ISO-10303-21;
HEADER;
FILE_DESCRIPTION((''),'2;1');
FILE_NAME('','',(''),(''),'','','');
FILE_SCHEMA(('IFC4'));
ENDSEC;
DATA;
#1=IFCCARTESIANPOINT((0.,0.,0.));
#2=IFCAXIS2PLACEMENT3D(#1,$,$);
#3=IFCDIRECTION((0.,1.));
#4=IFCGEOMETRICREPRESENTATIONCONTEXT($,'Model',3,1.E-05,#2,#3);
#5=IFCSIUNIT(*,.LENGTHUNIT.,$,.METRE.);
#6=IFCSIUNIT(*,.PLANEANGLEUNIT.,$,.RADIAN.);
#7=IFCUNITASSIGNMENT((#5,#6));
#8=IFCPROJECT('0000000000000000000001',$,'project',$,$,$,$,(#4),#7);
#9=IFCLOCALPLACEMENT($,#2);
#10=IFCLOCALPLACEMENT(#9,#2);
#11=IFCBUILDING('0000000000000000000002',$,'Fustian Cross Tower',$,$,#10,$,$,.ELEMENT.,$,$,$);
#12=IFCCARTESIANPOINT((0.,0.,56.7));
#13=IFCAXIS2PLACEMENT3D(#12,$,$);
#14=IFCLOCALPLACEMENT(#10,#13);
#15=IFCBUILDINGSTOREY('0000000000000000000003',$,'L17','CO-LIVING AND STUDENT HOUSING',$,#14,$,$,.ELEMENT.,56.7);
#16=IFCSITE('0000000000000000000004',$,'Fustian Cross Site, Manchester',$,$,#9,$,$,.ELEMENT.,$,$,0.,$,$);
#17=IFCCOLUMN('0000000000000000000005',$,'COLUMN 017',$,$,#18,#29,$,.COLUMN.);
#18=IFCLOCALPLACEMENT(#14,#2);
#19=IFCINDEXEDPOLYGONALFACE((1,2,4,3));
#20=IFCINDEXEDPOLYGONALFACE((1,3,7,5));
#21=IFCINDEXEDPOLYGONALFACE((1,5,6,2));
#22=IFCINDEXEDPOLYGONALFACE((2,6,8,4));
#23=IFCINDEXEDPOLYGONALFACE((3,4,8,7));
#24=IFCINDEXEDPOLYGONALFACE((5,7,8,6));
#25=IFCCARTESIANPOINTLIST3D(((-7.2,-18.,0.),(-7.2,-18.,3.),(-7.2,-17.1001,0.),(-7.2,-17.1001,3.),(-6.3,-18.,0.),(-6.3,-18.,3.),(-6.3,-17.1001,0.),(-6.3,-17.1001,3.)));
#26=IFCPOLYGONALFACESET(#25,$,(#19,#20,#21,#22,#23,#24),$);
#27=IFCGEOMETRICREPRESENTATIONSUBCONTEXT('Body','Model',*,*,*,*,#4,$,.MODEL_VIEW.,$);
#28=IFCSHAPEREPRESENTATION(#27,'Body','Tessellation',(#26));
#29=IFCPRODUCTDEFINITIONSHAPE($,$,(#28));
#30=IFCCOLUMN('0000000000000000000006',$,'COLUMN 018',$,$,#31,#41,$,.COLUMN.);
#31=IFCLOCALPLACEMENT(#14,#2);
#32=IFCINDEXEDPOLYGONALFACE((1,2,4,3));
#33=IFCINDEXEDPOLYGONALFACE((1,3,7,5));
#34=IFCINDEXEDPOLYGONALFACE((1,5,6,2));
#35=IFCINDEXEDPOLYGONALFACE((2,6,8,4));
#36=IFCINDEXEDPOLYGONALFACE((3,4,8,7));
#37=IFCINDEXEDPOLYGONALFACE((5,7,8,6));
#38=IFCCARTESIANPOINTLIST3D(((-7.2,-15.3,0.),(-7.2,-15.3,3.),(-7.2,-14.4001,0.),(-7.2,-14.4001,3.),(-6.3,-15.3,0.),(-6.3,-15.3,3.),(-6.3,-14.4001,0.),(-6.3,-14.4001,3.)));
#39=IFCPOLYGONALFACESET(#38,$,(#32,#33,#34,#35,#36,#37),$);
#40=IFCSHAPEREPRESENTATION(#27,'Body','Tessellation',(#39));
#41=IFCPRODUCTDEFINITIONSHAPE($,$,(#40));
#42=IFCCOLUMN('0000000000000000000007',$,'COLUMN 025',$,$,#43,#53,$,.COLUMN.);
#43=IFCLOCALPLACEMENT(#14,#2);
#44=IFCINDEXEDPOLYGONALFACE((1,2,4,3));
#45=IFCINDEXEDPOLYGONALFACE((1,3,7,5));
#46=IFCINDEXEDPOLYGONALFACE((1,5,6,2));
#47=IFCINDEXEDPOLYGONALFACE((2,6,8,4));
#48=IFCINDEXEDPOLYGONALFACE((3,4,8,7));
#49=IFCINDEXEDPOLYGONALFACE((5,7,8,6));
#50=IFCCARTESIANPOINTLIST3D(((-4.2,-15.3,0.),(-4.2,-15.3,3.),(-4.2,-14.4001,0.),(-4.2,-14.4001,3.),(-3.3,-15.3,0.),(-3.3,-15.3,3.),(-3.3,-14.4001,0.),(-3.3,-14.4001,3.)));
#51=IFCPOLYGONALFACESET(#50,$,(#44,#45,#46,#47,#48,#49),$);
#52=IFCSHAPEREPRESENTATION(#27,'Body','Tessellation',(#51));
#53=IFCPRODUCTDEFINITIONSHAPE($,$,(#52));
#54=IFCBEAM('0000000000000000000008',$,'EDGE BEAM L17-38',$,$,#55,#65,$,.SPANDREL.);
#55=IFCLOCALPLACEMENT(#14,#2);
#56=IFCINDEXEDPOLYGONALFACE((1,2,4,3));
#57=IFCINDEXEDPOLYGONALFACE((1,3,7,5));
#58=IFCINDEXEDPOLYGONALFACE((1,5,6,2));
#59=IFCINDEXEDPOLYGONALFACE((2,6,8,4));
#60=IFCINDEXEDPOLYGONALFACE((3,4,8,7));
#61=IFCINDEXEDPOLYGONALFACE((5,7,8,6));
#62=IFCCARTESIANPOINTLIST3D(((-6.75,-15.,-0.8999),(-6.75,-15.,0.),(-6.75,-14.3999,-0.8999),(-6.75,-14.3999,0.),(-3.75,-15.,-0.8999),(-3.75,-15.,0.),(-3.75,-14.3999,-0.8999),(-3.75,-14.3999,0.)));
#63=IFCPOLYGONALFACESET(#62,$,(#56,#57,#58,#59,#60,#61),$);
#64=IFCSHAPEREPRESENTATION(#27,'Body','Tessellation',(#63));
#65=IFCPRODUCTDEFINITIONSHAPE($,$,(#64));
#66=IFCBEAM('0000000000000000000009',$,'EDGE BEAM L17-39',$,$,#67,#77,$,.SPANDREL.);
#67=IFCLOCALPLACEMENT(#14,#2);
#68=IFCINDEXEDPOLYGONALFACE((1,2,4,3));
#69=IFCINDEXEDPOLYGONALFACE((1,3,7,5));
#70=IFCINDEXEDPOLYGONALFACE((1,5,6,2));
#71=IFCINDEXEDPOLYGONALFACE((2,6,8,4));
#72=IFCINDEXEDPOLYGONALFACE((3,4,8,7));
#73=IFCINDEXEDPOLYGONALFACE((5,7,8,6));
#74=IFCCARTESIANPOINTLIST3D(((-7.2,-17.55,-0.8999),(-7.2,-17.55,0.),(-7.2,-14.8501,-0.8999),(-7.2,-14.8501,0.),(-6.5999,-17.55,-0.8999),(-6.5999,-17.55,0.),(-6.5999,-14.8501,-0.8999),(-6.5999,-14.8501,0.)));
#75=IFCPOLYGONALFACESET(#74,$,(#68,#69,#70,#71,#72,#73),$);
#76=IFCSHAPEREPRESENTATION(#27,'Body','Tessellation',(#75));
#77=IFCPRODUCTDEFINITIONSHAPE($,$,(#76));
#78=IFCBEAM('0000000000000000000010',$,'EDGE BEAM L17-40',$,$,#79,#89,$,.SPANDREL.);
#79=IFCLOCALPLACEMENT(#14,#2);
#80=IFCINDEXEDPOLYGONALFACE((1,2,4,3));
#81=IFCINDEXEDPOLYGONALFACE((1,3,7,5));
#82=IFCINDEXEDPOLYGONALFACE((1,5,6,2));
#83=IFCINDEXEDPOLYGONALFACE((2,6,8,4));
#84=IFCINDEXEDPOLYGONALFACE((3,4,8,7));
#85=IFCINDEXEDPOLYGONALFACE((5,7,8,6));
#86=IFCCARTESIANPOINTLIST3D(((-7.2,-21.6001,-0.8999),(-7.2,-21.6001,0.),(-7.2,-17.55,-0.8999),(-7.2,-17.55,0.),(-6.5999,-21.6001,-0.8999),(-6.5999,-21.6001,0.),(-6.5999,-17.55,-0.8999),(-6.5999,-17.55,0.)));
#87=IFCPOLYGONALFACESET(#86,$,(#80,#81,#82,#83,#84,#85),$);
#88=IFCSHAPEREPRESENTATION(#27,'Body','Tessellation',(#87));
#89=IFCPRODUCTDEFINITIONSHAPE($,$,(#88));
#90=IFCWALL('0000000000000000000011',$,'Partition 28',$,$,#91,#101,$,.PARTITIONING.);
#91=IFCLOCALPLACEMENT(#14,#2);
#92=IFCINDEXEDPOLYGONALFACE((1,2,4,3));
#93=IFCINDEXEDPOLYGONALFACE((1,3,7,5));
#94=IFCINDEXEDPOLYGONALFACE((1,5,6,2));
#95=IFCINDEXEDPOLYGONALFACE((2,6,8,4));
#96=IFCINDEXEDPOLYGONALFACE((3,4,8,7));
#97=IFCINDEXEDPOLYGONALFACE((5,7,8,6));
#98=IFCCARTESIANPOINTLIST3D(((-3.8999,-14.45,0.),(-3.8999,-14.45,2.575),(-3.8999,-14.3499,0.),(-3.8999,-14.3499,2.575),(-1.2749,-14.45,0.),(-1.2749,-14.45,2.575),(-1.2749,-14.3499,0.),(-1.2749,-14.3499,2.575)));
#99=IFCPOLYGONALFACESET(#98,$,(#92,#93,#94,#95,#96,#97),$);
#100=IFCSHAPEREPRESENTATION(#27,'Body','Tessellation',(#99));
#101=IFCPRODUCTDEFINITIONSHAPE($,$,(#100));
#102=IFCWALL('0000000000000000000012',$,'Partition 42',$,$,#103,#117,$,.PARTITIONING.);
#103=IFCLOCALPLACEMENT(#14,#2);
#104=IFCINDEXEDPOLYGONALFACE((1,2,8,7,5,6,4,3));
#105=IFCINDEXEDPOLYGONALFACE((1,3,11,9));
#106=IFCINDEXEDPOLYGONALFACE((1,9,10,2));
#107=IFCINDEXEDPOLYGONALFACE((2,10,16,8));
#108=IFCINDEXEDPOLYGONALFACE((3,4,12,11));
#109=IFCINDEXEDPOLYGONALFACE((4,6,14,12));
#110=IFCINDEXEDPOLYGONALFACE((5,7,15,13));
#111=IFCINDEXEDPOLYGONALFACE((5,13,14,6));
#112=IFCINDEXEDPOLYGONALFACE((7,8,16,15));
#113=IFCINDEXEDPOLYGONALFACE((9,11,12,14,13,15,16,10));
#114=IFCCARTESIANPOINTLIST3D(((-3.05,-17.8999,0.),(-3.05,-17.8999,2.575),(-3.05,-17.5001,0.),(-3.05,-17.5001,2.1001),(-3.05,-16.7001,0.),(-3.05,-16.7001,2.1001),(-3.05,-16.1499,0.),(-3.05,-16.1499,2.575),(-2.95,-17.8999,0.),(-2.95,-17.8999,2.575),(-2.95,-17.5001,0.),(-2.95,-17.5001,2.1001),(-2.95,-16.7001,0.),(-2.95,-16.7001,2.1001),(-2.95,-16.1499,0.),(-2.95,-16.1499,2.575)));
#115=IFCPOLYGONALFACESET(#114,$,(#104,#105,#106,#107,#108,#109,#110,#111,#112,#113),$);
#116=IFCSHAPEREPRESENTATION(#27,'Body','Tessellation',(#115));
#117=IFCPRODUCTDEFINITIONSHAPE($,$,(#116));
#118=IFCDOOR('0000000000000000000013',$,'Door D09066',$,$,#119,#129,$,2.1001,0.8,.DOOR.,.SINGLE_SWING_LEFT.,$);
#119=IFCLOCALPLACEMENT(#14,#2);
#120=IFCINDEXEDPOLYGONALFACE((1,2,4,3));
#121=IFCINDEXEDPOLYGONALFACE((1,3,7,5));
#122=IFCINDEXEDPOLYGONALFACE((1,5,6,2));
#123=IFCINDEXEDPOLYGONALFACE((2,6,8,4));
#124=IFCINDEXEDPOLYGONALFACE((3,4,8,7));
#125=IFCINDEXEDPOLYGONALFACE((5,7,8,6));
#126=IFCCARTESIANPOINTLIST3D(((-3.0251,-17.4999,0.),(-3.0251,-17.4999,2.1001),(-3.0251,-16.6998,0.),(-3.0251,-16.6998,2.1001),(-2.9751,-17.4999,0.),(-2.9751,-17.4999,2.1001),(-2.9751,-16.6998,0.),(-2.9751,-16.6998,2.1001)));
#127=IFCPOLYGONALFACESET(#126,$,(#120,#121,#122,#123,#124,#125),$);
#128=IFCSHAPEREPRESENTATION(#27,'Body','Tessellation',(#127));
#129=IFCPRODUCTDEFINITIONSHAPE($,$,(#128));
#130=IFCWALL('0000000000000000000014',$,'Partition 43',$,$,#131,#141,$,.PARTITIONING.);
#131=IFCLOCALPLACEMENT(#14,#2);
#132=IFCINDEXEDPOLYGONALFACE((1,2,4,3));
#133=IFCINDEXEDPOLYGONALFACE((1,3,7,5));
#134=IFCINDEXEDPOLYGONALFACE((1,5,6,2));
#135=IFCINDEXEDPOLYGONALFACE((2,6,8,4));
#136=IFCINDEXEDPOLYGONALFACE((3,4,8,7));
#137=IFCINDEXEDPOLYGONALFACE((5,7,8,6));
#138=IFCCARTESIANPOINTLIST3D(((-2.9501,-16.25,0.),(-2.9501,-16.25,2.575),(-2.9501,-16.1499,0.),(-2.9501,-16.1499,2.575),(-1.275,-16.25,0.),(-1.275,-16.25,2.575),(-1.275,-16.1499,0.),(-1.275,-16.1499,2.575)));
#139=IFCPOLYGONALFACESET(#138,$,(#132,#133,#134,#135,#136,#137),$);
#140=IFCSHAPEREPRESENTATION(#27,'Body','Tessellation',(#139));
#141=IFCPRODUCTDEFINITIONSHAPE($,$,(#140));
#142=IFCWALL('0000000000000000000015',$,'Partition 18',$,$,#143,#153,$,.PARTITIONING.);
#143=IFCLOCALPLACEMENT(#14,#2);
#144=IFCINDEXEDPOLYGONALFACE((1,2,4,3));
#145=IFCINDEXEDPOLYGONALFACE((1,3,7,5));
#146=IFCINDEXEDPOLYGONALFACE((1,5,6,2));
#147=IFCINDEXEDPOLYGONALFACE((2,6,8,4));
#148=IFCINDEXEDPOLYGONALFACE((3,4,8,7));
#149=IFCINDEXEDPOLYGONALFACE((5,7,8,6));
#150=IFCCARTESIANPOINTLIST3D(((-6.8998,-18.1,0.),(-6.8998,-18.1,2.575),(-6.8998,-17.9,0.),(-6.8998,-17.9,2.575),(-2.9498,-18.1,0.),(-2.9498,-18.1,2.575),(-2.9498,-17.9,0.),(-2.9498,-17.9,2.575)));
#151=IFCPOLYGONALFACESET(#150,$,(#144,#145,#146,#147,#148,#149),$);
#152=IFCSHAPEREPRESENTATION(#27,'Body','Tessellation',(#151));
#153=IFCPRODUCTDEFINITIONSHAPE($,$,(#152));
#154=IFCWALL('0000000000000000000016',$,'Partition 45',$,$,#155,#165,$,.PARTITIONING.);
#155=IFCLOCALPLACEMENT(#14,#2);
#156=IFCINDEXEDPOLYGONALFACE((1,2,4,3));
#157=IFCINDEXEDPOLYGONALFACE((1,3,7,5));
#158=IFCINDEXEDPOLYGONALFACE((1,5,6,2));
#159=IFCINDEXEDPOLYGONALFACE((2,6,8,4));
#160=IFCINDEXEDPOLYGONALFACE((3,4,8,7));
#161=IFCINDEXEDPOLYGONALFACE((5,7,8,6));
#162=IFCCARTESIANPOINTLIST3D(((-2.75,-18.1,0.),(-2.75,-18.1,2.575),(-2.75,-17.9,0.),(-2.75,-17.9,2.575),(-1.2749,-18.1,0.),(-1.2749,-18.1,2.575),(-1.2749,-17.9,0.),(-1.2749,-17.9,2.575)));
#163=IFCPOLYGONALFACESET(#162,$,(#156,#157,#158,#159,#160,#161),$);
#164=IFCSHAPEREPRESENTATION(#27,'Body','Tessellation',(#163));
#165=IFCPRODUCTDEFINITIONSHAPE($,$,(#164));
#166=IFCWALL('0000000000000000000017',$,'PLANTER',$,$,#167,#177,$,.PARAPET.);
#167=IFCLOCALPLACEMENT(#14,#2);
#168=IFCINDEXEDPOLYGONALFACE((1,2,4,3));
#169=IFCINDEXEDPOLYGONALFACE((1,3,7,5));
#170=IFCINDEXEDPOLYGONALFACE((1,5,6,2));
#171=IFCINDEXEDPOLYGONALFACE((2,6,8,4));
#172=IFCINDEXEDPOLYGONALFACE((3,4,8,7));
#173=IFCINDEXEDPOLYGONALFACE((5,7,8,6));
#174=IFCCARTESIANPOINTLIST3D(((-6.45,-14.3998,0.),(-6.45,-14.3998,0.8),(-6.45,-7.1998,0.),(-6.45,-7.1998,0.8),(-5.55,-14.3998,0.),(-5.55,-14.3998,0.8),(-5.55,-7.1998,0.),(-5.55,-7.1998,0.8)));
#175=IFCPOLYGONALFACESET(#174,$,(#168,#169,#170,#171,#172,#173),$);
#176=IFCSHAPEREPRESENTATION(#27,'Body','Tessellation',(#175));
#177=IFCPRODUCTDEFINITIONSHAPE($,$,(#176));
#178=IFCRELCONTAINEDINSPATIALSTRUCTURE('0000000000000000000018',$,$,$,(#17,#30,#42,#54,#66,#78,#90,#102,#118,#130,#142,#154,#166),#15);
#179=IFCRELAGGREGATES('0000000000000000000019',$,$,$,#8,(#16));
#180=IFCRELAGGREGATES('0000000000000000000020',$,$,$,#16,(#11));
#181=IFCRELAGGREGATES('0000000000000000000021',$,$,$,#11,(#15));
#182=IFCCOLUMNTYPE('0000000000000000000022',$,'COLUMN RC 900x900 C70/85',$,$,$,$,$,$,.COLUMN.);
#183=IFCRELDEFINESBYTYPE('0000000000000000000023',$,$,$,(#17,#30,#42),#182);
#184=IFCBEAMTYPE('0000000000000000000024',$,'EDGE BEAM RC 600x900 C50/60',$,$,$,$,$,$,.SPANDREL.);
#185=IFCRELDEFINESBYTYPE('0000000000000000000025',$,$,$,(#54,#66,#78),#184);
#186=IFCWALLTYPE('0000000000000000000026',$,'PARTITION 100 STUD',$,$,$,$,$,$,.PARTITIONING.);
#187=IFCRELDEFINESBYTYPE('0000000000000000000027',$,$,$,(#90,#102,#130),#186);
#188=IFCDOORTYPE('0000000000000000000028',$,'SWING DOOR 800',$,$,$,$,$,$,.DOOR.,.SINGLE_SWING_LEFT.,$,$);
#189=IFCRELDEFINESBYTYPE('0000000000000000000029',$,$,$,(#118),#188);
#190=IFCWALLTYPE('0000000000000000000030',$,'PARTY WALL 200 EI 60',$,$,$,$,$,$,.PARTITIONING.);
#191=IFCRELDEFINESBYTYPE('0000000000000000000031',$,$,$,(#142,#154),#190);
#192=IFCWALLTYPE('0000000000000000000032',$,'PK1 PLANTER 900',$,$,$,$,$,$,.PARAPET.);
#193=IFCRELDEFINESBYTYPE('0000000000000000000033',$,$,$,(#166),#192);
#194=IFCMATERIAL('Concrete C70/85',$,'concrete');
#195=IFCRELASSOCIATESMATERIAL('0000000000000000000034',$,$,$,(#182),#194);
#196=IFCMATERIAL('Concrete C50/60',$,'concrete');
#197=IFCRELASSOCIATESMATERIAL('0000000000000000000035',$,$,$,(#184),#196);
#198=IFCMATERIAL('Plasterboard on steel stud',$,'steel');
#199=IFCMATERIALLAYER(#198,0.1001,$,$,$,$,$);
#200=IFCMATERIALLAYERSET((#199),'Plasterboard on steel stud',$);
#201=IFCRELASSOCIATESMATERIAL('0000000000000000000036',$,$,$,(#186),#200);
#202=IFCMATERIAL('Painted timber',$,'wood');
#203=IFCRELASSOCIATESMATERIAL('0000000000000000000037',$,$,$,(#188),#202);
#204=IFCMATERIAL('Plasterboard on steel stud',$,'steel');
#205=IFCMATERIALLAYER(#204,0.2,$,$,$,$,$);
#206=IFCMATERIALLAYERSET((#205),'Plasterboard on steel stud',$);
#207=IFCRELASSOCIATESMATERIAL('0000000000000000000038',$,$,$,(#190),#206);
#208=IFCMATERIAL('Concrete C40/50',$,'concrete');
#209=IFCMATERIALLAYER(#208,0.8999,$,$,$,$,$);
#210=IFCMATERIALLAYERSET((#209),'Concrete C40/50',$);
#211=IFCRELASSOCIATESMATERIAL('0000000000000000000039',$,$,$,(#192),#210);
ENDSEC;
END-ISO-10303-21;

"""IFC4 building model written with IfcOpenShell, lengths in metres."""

from ifc_helpers import new_model, si_unit, direction, frame, frame_2d, origin, origin_2d, place, context, subcontext, project, spatial, rectangle, extrude, material, layer, layer_set, material_profile, profile_set, type_object, element, fill, save


model = new_model("IFC4")

# Units and contexts
model_context = context("Model", 3, precision=1e-05, world=origin(), true_north=direction((0.0, 1.0)))
body_context = subcontext(model_context, "Body", "Model", "MODEL_VIEW")
ifc_project = project(units=[si_unit("LENGTHUNIT", "METRE"), si_unit("PLANEANGLEUNIT", "RADIAN")], contexts=[model_context])

# Site, building, storey
site_placement = place(None, origin())
site = spatial("IfcSite", under=ifc_project, at=site_placement, Name="Fustian Cross Site, Manchester", CompositionType="ELEMENT", RefElevation=0.0)
building_placement = place(site_placement, origin())
building = spatial("IfcBuilding", under=site, at=building_placement, Name="Fustian Cross Tower", CompositionType="ELEMENT")
storey_placement = place(building_placement, frame((0.0, 0.0, 56.7)))
storey = spatial("IfcBuildingStorey", under=building, at=storey_placement, Name="L17", Description="CO-LIVING AND STUDENT HOUSING", CompositionType="ELEMENT", Elevation=56.7)

# Columns
ifc_material_1 = material(Name="Concrete C70/85", Category="concrete")
ifc_material_profile_1 = material_profile(ifc_material_1, rectangle(XDim=0.8999, YDim=0.8999, at=origin_2d()), Name="RC 900x900")
ifc_profile_set_1 = profile_set([ifc_material_profile_1], Name="Concrete C70/85")
column_type = type_object("IfcColumnType", Name="COLUMN RC 900x900 C70/85", PredefinedType="COLUMN", material=ifc_profile_set_1)
for number, where, z_axis, x_axis, name in (
    (1, (-6.75, -17.55, 0.0), (0.0, 0.0, 1.0), (1.0, 0.0, 0.0), "COLUMN 017"),
    (2, (-6.75, -14.8501, 0.0), (0.0, 0.0, 1.0), (1.0, 0.0, 0.0), "COLUMN 018"),
    (3, (-3.75, -14.8501, 0.0), (0.0, 0.0, 1.0), (1.0, 0.0, 0.0), "COLUMN 025"),
):
    element("IfcColumn", number, at=place(storey_placement, frame(where, z_axis=z_axis, x_axis=x_axis)), inside=storey, type_object=column_type, Name=name, PredefinedType="COLUMN", context=body_context, shape_type="SweptSolid", body=[
        extrude(rectangle(XDim=0.8999, YDim=0.8999, at=origin_2d()), origin(), (0.0, 0.0, 1.0), 3.0),
    ])

# Beams
ifc_material_2 = material(Name="Concrete C50/60", Category="concrete")
ifc_material_profile_2 = material_profile(ifc_material_2, rectangle(XDim=0.6001, YDim=0.8999, at=origin_2d()), Name="RC 600x900")
ifc_profile_set_2 = profile_set([ifc_material_profile_2], Name="Concrete C50/60")
beam_type = type_object("IfcBeamType", Name="EDGE BEAM RC 600x900 C50/60", PredefinedType="SPANDREL", material=ifc_profile_set_2)
beam_1_placement = place(storey_placement, frame((-3.75, -14.7, -0.45), z_axis=(-1.0, 0.0, 0.0), x_axis=(0.0, -1.0, 0.0)))
element("IfcBeam", 4, at=beam_1_placement, inside=storey, type_object=beam_type, Name="EDGE BEAM L17-38", PredefinedType="SPANDREL", context=body_context, shape_type="SweptSolid", body=[
    extrude(rectangle(XDim=0.6001, YDim=0.8999, at=origin_2d()), origin(), (0.0, 0.0, 1.0), 3.0),
])
beam_2_placement = place(storey_placement, frame((-6.8999, -14.8501, -0.45), z_axis=(0.0, -1.0, 0.0), x_axis=(1.0, 0.0, 0.0)))
element("IfcBeam", 5, at=beam_2_placement, inside=storey, type_object=beam_type, Name="EDGE BEAM L17-39", PredefinedType="SPANDREL", context=body_context, shape_type="SweptSolid", body=[
    extrude(rectangle(XDim=0.6001, YDim=0.8999, at=origin_2d()), origin(), (0.0, 0.0, 1.0), 2.7),
])
beam_3_placement = place(storey_placement, frame((-6.8999, -17.55, -0.45), z_axis=(0.0, -1.0, 0.0), x_axis=(1.0, 0.0, 0.0)))
element("IfcBeam", 6, at=beam_3_placement, inside=storey, type_object=beam_type, Name="EDGE BEAM L17-40", PredefinedType="SPANDREL", context=body_context, shape_type="SweptSolid", body=[
    extrude(rectangle(XDim=0.6001, YDim=0.8999, at=origin_2d()), origin(), (0.0, 0.0, 1.0), 4.05),
])

# Wall
ifc_material_3 = material(Name="Plasterboard on steel stud", Category="steel")
ifc_layer_1 = layer(ifc_material_3, 0.1001)
ifc_layer_set_1 = layer_set([ifc_layer_1], Name="Plasterboard on steel stud")
wall_type_1 = type_object("IfcWallType", Name="PARTITION 100 STUD", PredefinedType="PARTITIONING", material=ifc_layer_set_1)
wall_1_placement = place(storey_placement, frame((-3.8999, -14.3999, 0.0), z_axis=(0.0, 0.0, 1.0), x_axis=(1.0, 0.0, 0.0)))
element("IfcWall", 7, at=wall_1_placement, inside=storey, type_object=wall_type_1, Name="Partition 28", PredefinedType="PARTITIONING", context=body_context, shape_type="SweptSolid", body=[
    extrude(rectangle(XDim=2.625, YDim=0.1001, at=frame_2d((1.3125, 0.0))), origin(), (0.0, 0.0, 1.0), 2.575),
])

# Wall, opening, door
wall_2_placement = place(storey_placement, frame((-3.0, -17.8999, 0.0), z_axis=(0.0, 0.0, 1.0), x_axis=(0.0, 1.0, 0.0)))
wall_2 = element("IfcWall", 8, at=wall_2_placement, inside=storey, type_object=wall_type_1, Name="Partition 42", PredefinedType="PARTITIONING", context=body_context, shape_type="SweptSolid", body=[
    extrude(rectangle(XDim=1.75, YDim=0.1001, at=frame_2d((0.875, 0.0))), origin(), (0.0, 0.0, 1.0), 2.575),
])
opening_1_placement = place(wall_2_placement, frame((0.3999, 0.0, 0.0)))
opening_1 = element("IfcOpeningElement", 9, at=opening_1_placement, cuts=wall_2, PredefinedType="OPENING", context=body_context, shape_type="SweptSolid", body=[
    extrude(rectangle(XDim=0.8, YDim=2.1001, at=frame_2d((0.3999, 1.05))), frame((0.0, 0.0601, 0.0), z_axis=(0.0, -1.0, 0.0), x_axis=(1.0, 0.0, 0.0)), (0.0, 0.0, 1.0), 0.1201),
])
ifc_material_4 = material(Name="Painted timber", Category="wood")
door_type = type_object("IfcDoorType", Name="SWING DOOR 800", OperationType="SINGLE_SWING_LEFT", PredefinedType="DOOR", material=ifc_material_4)
door_placement = place(opening_1_placement, frame((0.8, 0.0, 0.0), z_axis=(0.0, 0.0, 1.0), x_axis=(-1.0, 0.0, 0.0)))
door = element("IfcDoor", 10, at=door_placement, inside=storey, type_object=door_type, Name="Door D09066", OperationType="SINGLE_SWING_LEFT", OverallHeight=2.1001, OverallWidth=0.8, PredefinedType="DOOR", context=body_context, shape_type="SweptSolid", body=[
    extrude(rectangle(XDim=0.8, YDim=2.1001, at=frame_2d((0.3999, 1.05))), frame((0.0, 0.0249, 0.0), z_axis=(0.0, -1.0, 0.0), x_axis=(1.0, 0.0, 0.0)), (0.0, 0.0, 1.0), 0.05),
])
fill(opening_1, door)

# Walls
wall_3_placement = place(storey_placement, frame((-2.95, -16.2, 0.0), z_axis=(0.0, 0.0, 1.0), x_axis=(1.0, 0.0, 0.0)))
element("IfcWall", 11, at=wall_3_placement, inside=storey, type_object=wall_type_1, Name="Partition 43", PredefinedType="PARTITIONING", context=body_context, shape_type="SweptSolid", body=[
    extrude(rectangle(XDim=1.675, YDim=0.1001, at=frame_2d((0.8374, 0.0))), origin(), (0.0, 0.0, 1.0), 2.575),
])
ifc_material_5 = material(Name="Plasterboard on steel stud", Category="steel")
ifc_layer_2 = layer(ifc_material_5, 0.2)
ifc_layer_set_2 = layer_set([ifc_layer_2], Name="Plasterboard on steel stud")
wall_type_2 = type_object("IfcWallType", Name="PARTY WALL 200 EI 60", PredefinedType="PARTITIONING", material=ifc_layer_set_2)
wall_4_placement = place(storey_placement, frame((-6.8999, -18.0, 0.0), z_axis=(0.0, 0.0, 1.0), x_axis=(1.0, 0.0, 0.0)))
element("IfcWall", 12, at=wall_4_placement, inside=storey, type_object=wall_type_2, Name="Partition 18", PredefinedType="PARTITIONING", context=body_context, shape_type="SweptSolid", body=[
    extrude(rectangle(XDim=3.95, YDim=0.2, at=frame_2d((1.9751, 0.0))), origin(), (0.0, 0.0, 1.0), 2.575),
])
wall_5_placement = place(storey_placement, frame((-2.75, -18.0, 0.0), z_axis=(0.0, 0.0, 1.0), x_axis=(1.0, 0.0, 0.0)))
element("IfcWall", 13, at=wall_5_placement, inside=storey, type_object=wall_type_2, Name="Partition 45", PredefinedType="PARTITIONING", context=body_context, shape_type="SweptSolid", body=[
    extrude(rectangle(XDim=1.4751, YDim=0.2, at=frame_2d((0.7375, 0.0))), origin(), (0.0, 0.0, 1.0), 2.575),
])
ifc_material_6 = material(Name="Concrete C40/50", Category="concrete")
ifc_layer_3 = layer(ifc_material_6, 0.8999)
ifc_layer_set_3 = layer_set([ifc_layer_3], Name="Concrete C40/50")
wall_type_3 = type_object("IfcWallType", Name="PK1 PLANTER 900", PredefinedType="PARAPET", material=ifc_layer_set_3)
wall_6_placement = place(storey_placement, frame((-6.0, -14.3999, 0.0), z_axis=(0.0, 0.0, 1.0), x_axis=(0.0, 1.0, 0.0)))
element("IfcWall", 14, at=wall_6_placement, inside=storey, type_object=wall_type_3, Name="PLANTER", PredefinedType="PARAPET", context=body_context, shape_type="SweptSolid", body=[
    extrude(rectangle(XDim=7.2, YDim=0.8999, at=frame_2d((3.6001, 0.0))), origin(), (0.0, 0.0, 1.0), 0.8),
])

save(model, "model.ifc")
